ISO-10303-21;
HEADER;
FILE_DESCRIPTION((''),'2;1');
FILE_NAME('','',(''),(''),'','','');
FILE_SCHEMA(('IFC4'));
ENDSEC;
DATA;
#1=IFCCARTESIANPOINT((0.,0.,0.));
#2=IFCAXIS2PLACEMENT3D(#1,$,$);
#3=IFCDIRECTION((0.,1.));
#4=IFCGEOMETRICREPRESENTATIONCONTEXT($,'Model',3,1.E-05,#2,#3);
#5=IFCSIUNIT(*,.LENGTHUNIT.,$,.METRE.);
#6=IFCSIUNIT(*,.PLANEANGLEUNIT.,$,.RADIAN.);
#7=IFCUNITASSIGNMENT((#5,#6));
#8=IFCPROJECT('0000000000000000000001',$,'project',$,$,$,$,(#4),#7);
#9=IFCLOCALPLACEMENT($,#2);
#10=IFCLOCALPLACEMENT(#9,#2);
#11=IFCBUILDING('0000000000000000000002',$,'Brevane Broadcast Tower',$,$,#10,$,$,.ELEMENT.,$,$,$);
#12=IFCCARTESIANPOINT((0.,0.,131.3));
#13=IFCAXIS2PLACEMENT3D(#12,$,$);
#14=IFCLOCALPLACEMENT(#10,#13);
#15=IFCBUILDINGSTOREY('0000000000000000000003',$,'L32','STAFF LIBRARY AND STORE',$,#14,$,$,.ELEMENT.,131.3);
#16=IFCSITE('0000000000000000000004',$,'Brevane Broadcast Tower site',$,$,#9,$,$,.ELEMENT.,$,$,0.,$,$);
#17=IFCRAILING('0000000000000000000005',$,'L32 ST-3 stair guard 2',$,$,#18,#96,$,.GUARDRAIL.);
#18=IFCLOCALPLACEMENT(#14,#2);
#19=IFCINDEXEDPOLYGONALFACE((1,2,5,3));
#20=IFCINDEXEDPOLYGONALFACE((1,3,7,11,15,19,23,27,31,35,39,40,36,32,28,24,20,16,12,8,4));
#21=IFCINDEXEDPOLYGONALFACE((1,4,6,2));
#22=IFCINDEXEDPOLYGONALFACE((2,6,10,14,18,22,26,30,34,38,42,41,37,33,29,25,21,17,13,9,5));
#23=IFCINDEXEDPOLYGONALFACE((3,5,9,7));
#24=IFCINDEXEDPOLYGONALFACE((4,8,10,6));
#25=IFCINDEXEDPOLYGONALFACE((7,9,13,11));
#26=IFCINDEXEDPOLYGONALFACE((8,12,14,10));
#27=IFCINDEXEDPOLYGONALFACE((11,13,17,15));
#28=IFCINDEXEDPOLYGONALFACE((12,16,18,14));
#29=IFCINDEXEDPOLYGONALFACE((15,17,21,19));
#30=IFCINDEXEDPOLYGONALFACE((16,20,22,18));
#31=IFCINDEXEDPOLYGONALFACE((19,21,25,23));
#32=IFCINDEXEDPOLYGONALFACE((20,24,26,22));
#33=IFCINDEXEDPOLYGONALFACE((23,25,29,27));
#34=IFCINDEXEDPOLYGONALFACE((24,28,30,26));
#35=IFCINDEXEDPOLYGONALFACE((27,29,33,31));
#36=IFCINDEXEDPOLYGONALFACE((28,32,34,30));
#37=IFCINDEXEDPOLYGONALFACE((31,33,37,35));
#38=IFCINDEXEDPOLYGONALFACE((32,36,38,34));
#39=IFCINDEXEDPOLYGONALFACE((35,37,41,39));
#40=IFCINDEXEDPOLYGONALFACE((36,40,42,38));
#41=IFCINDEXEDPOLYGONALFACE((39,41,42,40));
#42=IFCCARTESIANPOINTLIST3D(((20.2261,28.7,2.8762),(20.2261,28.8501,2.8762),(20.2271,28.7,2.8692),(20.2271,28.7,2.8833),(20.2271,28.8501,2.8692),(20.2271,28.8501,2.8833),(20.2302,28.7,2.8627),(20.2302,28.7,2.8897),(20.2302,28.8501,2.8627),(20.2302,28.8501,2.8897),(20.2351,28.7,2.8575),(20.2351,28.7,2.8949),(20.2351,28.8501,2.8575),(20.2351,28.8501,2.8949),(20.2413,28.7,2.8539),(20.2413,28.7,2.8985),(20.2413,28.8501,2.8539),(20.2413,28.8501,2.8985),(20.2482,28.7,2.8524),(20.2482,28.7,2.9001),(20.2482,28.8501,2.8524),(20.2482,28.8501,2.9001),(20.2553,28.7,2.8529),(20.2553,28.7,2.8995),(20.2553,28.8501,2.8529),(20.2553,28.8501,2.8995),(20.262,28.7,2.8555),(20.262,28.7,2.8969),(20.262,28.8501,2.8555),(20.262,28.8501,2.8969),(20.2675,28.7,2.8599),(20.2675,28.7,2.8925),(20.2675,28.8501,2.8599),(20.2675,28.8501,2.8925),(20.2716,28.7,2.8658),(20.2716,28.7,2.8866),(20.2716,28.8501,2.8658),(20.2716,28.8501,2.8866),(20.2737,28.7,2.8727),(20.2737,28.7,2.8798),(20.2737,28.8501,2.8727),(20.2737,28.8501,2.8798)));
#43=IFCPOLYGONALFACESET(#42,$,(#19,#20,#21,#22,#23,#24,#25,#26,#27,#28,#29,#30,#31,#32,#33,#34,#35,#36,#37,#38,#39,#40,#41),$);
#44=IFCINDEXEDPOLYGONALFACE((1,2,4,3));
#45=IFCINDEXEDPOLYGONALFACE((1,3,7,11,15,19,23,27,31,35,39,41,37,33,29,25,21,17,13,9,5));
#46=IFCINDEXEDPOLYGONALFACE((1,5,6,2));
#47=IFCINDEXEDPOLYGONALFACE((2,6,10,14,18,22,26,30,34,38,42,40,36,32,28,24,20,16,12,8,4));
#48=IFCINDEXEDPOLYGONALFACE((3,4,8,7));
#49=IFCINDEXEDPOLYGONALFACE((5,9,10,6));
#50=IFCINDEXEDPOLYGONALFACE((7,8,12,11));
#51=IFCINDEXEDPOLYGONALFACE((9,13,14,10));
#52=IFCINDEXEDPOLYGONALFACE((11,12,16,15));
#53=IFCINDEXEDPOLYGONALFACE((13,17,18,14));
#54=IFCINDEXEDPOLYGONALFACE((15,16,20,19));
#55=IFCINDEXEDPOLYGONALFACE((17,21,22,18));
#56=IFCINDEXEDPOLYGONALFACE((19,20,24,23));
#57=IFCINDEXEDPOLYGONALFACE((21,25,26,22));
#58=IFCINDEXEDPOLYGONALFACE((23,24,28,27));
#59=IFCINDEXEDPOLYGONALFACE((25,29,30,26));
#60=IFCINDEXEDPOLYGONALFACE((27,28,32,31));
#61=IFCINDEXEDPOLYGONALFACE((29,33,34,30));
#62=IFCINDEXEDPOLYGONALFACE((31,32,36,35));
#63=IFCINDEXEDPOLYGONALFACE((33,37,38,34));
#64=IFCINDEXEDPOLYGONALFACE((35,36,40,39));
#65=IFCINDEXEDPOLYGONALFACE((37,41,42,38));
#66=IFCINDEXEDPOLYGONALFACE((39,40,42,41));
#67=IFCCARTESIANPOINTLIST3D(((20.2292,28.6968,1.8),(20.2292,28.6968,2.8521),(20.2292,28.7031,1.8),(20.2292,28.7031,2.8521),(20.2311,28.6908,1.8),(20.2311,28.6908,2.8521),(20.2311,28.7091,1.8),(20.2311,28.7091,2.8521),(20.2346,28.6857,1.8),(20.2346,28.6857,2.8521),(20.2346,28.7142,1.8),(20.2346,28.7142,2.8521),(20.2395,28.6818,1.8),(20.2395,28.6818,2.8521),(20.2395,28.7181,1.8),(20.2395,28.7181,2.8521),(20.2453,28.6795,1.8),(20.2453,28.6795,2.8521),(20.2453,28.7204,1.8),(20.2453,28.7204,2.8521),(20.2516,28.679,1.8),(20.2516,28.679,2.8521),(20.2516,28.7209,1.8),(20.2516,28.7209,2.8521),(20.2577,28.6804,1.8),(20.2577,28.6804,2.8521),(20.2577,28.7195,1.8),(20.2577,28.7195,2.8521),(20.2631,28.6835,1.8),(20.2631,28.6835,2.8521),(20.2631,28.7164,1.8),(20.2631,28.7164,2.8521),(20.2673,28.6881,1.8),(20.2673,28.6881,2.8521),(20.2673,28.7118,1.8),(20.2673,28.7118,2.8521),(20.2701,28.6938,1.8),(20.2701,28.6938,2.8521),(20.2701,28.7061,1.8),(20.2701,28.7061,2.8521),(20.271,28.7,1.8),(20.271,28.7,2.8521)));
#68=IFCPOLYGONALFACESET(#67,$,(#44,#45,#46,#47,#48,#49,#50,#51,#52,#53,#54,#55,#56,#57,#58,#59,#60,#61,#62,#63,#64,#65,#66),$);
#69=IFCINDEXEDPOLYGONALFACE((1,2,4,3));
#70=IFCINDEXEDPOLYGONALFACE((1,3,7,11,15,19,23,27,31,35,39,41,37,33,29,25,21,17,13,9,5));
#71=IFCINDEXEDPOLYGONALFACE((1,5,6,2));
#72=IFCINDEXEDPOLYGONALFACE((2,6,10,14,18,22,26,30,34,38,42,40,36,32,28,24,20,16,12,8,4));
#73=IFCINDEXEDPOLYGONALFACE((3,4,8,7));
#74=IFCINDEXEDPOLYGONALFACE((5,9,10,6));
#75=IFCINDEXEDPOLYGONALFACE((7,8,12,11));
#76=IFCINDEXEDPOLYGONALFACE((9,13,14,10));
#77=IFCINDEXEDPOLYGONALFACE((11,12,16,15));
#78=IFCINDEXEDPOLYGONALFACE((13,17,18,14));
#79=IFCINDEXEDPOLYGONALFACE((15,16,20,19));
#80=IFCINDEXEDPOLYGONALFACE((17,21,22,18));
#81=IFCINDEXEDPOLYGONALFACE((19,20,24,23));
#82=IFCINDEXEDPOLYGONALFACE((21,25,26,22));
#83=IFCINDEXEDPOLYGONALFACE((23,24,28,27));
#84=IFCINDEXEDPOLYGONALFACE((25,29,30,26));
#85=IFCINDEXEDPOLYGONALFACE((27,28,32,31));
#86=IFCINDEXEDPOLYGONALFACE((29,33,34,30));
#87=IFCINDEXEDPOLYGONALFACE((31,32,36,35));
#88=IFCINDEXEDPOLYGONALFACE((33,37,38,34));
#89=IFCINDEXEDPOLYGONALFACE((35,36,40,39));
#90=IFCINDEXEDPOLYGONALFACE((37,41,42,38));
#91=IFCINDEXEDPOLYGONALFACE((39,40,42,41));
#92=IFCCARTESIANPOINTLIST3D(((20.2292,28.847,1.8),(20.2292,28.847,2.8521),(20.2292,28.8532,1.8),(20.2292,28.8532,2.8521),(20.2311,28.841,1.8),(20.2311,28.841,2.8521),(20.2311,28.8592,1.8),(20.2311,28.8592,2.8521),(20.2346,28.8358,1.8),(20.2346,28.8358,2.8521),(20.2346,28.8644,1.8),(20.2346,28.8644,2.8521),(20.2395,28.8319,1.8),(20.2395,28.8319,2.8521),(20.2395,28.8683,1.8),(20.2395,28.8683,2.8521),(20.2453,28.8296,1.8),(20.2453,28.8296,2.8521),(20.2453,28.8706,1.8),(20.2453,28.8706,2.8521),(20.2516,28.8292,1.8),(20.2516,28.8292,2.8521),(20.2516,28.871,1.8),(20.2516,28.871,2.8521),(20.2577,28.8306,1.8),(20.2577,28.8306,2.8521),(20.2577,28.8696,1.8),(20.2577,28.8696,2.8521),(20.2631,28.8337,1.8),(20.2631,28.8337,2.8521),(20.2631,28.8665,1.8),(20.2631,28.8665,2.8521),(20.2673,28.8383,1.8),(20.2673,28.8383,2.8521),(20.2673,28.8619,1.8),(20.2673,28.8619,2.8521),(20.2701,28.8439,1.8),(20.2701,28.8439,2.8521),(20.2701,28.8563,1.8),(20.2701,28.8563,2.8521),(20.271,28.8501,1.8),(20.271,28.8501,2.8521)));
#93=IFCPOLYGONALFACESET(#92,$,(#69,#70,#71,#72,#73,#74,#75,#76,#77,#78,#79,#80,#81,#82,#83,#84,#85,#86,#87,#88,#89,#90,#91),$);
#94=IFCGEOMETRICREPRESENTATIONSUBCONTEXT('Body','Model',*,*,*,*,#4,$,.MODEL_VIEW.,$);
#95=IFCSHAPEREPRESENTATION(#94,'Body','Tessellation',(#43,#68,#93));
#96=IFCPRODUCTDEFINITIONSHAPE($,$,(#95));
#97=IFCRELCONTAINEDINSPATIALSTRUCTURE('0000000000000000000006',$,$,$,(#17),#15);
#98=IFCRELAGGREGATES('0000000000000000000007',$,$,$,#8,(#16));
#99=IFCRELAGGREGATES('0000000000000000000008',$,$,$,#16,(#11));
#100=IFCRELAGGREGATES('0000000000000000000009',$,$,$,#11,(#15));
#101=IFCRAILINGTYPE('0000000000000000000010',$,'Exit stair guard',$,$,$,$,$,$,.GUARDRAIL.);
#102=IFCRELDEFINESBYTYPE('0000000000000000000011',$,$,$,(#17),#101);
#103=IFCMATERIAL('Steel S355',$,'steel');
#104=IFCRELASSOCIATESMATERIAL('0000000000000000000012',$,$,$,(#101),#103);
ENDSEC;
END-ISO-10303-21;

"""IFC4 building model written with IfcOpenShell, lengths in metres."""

from ifc_helpers import new_model, si_unit, direction, frame, origin, origin_2d, place, context, subcontext, project, spatial, circle, extrude, material, type_object, element, save


model = new_model("IFC4")

# Units and contexts
model_context = context("Model", 3, precision=1e-05, world=origin(), true_north=direction((0.0, 1.0)))
body_context = subcontext(model_context, "Body", "Model", "MODEL_VIEW")
ifc_project = project(units=[si_unit("LENGTHUNIT", "METRE"), si_unit("PLANEANGLEUNIT", "RADIAN")], contexts=[model_context])

# Site, building, storey
site_placement = place(None, origin())
site = spatial("IfcSite", under=ifc_project, at=site_placement, Name="Brevane Broadcast Tower site", CompositionType="ELEMENT", RefElevation=0.0)
building_placement = place(site_placement, origin())
building = spatial("IfcBuilding", under=site, at=building_placement, Name="Brevane Broadcast Tower", CompositionType="ELEMENT")
storey_placement = place(building_placement, frame((0.0, 0.0, 131.3)))
storey = spatial("IfcBuildingStorey", under=building, at=storey_placement, Name="L32", Description="STAFF LIBRARY AND STORE", CompositionType="ELEMENT", Elevation=131.3)

# Railing
ifc_material_1 = material(Name="Steel S355", Category="steel")
railing_type_1 = type_object("IfcRailingType", Name="Exit stair guard", PredefinedType="GUARDRAIL", material=ifc_material_1)
railing_1_placement = place(storey_placement, frame((20.25, 28.7, 1.8)))
element("IfcRailing", 1, at=railing_1_placement, inside=storey, type_object=railing_type_1, Name="L32 ST-3 stair guard 2", PredefinedType="GUARDRAIL", context=body_context, shape_type="SweptSolid", body=[
    extrude(circle(Radius=0.0239, at=origin_2d()), frame((0.0, 0.0, 1.0762), z_axis=(0.0, 1.0, 0.0), x_axis=(-1.0, 0.0, 0.0)), (0.0, 0.0, 1.0), 0.1501),
    extrude(circle(Radius=0.021, at=origin_2d()), origin(), (0.0, 0.0, 1.0), 1.052),
    extrude(circle(Radius=0.021, at=origin_2d()), frame((0.0, 0.1501, 0.0)), (0.0, 0.0, 1.0), 1.052),
])

save(model, "model.ifc")
